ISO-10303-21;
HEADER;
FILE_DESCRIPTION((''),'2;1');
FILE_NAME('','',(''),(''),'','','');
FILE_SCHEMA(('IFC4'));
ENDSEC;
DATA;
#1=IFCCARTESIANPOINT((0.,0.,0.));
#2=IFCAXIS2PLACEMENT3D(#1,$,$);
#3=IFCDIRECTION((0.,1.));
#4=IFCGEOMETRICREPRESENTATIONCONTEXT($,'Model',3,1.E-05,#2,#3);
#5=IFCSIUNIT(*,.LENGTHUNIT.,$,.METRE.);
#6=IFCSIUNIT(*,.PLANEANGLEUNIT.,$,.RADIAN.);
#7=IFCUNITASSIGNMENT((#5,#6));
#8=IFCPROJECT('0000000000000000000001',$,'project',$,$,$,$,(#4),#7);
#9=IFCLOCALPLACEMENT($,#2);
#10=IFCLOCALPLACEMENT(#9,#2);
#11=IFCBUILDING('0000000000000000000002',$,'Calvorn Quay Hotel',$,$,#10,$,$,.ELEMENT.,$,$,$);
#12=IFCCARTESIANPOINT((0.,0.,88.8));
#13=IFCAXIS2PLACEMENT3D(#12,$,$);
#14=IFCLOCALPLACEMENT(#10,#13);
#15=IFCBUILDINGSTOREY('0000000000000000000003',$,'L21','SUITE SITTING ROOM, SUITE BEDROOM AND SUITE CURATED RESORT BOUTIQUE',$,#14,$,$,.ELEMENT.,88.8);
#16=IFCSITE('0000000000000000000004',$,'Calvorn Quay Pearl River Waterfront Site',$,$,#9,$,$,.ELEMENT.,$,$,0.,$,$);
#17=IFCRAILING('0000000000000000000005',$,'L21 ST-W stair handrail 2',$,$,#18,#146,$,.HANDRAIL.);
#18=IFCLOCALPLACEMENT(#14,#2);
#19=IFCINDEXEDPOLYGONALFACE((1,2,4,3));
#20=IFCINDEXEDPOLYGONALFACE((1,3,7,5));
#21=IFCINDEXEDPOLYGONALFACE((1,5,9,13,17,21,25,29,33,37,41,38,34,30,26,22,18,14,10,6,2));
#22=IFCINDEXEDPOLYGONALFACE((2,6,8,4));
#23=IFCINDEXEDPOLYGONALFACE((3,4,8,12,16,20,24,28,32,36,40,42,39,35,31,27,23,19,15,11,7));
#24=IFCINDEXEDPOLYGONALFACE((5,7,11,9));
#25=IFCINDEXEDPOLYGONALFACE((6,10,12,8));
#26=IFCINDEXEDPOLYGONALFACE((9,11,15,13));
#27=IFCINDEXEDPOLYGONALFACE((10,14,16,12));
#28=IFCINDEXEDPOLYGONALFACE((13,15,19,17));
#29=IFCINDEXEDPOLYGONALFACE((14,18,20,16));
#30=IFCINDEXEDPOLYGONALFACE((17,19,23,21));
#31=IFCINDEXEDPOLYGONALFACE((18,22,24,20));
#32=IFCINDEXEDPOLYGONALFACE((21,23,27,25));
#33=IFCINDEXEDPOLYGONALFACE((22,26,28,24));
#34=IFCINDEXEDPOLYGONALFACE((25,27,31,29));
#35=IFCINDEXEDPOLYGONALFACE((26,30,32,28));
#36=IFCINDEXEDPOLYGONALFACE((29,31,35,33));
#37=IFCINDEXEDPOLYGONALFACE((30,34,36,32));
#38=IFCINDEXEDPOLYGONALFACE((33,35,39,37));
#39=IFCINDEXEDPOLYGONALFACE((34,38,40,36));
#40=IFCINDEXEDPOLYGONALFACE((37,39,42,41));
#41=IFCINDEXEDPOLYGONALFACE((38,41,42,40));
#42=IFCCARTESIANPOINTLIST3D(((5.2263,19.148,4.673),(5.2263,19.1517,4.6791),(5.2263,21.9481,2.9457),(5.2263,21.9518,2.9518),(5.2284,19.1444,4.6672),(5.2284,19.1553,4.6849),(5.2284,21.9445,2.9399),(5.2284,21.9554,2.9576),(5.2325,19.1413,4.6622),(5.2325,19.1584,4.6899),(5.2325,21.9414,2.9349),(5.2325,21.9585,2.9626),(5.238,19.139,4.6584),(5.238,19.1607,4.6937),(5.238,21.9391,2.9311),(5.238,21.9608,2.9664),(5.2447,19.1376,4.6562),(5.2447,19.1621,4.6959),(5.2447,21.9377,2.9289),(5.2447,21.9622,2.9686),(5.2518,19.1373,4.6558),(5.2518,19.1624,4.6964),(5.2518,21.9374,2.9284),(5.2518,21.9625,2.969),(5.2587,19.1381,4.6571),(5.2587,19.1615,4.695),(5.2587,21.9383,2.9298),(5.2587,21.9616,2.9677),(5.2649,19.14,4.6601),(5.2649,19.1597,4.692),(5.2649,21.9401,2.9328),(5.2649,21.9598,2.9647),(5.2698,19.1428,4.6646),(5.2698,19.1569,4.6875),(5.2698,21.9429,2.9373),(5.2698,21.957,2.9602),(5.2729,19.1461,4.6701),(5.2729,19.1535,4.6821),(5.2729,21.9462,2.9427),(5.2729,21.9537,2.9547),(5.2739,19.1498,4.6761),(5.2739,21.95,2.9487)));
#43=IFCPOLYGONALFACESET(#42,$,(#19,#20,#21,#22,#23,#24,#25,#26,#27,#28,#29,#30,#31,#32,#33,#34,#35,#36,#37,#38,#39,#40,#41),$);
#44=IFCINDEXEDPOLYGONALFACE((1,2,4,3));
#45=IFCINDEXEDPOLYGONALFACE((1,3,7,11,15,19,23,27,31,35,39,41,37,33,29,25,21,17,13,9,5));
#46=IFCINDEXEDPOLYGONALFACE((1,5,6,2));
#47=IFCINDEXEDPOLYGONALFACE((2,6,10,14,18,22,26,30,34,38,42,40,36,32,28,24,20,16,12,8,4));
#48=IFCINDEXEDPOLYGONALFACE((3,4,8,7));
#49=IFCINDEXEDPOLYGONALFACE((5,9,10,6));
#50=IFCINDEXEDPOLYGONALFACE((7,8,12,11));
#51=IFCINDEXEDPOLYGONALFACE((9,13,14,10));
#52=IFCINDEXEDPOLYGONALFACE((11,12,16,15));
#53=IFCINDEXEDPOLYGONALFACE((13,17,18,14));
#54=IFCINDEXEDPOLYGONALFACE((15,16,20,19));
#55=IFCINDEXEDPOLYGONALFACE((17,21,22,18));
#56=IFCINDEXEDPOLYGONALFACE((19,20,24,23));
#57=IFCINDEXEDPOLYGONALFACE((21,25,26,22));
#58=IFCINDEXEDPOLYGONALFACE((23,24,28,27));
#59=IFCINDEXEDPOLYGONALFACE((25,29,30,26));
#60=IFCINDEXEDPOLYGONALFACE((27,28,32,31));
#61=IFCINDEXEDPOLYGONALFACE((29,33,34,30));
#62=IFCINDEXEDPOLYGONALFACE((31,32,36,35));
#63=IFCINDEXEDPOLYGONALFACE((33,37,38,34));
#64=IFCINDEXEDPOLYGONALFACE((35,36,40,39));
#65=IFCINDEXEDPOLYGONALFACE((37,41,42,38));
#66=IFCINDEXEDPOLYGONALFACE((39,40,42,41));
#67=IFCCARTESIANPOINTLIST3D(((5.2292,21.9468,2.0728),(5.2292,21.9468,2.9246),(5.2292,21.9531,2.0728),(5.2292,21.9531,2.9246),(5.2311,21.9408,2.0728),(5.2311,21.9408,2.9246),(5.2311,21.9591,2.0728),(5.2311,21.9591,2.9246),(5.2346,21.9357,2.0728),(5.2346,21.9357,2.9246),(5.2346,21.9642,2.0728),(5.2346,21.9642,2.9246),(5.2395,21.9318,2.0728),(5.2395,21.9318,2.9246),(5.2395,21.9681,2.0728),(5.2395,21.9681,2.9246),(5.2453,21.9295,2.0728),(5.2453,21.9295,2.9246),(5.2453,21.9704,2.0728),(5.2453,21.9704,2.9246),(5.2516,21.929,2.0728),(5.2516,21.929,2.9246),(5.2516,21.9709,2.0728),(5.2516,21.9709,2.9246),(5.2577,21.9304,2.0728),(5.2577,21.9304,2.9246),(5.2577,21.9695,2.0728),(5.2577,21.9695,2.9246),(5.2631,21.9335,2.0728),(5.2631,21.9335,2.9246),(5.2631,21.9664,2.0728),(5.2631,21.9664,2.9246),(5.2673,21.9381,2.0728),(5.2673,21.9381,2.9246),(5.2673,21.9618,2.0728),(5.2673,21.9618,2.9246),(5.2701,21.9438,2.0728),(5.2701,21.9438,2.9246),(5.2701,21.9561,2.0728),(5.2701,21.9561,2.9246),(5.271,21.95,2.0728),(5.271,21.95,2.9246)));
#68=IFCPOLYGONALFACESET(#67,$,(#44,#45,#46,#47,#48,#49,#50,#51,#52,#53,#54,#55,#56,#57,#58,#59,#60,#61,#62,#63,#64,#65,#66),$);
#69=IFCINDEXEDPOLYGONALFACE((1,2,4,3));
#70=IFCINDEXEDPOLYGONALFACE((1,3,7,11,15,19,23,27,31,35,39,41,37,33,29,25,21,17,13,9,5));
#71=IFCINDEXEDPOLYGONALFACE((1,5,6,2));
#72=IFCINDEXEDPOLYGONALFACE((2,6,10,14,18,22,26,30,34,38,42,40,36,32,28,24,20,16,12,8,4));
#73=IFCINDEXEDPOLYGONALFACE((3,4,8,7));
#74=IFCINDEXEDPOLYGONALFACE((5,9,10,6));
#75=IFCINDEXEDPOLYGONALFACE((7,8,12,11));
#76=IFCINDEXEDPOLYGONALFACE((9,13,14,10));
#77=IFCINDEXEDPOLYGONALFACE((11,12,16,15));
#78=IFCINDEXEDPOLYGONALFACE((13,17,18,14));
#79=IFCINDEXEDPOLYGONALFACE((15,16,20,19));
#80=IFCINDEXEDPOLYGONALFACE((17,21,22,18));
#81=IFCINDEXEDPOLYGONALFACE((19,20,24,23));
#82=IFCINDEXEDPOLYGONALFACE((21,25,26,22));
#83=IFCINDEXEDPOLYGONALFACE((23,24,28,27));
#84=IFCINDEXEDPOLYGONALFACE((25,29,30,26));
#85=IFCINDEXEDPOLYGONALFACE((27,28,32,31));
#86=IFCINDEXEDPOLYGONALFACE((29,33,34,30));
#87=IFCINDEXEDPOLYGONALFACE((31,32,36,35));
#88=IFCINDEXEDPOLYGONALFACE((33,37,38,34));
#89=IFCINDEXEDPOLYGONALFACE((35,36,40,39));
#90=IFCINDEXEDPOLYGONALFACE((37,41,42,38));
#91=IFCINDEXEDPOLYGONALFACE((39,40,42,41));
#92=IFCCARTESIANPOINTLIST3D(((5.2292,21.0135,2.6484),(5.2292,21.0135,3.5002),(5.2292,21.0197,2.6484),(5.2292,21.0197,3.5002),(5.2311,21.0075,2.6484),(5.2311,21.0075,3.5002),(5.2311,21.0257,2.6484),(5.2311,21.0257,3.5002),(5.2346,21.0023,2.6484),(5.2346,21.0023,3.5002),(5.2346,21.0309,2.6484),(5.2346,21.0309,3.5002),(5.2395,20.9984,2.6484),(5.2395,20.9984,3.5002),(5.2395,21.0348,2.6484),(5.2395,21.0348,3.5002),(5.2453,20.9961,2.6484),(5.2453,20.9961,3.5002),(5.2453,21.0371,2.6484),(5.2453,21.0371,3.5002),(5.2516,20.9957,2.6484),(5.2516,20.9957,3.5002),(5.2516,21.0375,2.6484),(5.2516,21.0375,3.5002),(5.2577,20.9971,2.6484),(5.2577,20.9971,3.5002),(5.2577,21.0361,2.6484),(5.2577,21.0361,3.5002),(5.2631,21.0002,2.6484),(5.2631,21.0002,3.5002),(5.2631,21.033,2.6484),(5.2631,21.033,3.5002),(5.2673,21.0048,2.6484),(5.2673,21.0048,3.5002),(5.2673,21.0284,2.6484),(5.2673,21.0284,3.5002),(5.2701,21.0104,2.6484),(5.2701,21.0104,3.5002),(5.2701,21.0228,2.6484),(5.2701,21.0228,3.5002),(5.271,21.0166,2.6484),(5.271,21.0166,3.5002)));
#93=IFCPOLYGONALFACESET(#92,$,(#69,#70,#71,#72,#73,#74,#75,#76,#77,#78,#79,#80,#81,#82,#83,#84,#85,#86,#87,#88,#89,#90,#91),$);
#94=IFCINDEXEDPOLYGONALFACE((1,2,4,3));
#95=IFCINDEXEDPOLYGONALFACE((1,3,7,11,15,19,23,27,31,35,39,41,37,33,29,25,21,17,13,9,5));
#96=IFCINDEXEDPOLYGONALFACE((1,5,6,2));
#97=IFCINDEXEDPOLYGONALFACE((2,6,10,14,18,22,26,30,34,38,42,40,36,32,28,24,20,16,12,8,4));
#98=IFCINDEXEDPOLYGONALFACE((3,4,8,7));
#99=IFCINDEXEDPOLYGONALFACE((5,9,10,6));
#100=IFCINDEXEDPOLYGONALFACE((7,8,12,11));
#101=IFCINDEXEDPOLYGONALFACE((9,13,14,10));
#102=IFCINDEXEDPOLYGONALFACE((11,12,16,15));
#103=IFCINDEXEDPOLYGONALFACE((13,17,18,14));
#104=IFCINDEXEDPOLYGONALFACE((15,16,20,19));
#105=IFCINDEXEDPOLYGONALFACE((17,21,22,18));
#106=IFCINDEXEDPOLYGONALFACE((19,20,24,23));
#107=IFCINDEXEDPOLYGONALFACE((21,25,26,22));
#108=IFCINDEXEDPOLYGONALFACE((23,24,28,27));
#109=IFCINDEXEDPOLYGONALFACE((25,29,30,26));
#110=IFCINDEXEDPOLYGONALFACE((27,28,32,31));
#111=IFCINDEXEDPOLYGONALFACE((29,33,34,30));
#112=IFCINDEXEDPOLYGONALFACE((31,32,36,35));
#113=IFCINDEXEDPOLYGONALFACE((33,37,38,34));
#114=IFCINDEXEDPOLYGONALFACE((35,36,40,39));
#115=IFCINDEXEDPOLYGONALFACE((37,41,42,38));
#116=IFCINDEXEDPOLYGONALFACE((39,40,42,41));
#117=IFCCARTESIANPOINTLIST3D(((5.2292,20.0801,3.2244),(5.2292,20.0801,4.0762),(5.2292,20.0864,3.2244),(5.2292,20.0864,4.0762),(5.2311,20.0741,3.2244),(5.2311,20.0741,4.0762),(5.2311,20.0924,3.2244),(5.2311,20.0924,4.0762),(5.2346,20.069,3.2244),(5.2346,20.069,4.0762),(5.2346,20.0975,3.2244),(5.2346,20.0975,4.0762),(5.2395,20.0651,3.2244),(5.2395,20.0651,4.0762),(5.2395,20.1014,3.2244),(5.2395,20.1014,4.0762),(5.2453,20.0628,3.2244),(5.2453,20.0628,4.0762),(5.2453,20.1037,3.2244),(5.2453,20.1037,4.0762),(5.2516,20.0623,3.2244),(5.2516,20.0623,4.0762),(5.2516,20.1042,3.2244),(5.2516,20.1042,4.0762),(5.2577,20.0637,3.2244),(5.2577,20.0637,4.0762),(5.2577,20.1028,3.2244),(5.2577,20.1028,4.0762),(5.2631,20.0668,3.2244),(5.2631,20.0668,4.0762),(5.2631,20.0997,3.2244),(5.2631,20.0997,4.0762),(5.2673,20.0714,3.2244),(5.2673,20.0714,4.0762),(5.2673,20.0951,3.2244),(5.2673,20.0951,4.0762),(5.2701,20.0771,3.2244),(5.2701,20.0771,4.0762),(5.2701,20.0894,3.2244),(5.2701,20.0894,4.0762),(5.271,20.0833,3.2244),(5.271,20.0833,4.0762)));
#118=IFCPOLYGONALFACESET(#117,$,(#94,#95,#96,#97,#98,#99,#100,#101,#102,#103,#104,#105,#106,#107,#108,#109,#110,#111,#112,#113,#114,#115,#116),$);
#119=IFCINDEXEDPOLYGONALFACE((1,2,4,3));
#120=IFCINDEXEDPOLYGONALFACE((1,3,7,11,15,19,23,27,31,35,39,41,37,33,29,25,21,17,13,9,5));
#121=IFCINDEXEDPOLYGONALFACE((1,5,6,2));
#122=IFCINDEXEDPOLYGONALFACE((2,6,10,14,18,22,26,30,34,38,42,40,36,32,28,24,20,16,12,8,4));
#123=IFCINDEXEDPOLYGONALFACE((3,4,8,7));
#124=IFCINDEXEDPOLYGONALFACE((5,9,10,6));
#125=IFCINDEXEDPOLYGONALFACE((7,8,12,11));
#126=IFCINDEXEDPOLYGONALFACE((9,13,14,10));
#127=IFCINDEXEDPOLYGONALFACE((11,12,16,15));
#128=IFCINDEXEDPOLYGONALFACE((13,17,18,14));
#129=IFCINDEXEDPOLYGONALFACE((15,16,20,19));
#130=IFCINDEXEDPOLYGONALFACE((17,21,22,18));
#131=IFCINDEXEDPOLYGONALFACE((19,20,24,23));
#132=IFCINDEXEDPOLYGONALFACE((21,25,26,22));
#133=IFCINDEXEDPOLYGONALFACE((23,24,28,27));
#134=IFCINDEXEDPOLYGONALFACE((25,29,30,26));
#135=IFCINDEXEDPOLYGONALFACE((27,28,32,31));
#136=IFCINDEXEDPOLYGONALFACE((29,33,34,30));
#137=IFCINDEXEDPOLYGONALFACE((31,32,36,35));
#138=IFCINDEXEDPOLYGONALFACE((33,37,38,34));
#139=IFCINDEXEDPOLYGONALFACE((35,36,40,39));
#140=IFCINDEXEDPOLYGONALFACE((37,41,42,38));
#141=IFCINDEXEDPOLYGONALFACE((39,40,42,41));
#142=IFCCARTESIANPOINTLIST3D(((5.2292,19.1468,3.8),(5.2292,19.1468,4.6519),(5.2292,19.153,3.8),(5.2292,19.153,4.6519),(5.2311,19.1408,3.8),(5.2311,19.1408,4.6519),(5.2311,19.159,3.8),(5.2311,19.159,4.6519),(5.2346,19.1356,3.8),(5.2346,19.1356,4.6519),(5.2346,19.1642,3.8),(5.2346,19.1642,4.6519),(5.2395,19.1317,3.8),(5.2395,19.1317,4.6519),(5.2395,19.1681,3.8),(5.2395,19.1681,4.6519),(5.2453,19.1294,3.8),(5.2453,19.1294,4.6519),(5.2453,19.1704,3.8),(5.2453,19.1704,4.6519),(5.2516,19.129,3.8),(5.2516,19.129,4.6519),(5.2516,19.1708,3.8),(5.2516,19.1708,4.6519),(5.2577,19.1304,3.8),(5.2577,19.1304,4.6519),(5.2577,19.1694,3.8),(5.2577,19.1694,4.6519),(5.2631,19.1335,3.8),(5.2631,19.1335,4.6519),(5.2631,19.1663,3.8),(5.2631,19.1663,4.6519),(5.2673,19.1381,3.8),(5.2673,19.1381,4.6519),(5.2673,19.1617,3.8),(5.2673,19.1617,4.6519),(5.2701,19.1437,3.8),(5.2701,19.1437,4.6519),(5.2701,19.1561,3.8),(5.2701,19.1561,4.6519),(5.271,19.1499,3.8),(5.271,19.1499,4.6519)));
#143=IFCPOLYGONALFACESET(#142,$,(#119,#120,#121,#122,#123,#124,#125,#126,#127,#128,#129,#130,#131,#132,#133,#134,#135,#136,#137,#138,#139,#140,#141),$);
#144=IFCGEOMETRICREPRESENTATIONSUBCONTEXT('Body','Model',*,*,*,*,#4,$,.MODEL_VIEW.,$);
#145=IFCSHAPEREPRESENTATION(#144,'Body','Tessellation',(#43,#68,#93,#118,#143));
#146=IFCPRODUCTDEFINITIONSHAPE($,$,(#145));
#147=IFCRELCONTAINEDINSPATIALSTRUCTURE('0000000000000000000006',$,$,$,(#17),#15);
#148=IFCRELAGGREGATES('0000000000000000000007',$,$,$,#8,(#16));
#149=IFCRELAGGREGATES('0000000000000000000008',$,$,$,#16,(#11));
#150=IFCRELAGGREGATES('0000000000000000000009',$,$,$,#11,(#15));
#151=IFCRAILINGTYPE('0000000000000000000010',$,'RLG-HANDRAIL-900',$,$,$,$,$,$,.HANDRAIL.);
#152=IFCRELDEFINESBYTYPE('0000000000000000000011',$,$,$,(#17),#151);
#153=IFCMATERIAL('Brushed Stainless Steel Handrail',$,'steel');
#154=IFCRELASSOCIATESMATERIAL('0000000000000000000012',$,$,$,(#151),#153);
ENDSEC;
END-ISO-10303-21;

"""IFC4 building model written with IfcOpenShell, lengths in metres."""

from ifc_helpers import new_model, si_unit, direction, frame, origin, origin_2d, place, context, subcontext, project, spatial, circle, extrude, material, type_object, element, save


model = new_model("IFC4")

# Units and contexts
model_context = context("Model", 3, precision=1e-05, world=origin(), true_north=direction((0.0, 1.0)))
body_context = subcontext(model_context, "Body", "Model", "MODEL_VIEW")
ifc_project = project(units=[si_unit("LENGTHUNIT", "METRE"), si_unit("PLANEANGLEUNIT", "RADIAN")], contexts=[model_context])

# Site, building, storey
site_placement = place(None, origin())
site = spatial("IfcSite", under=ifc_project, at=site_placement, Name="Calvorn Quay Pearl River Waterfront Site", CompositionType="ELEMENT", RefElevation=0.0)
building_placement = place(site_placement, origin())
building = spatial("IfcBuilding", under=site, at=building_placement, Name="Calvorn Quay Hotel", CompositionType="ELEMENT")
storey_placement = place(building_placement, frame((0.0, 0.0, 88.8)))
storey = spatial("IfcBuildingStorey", under=building, at=storey_placement, Name="L21", Description="SUITE SITTING ROOM, SUITE BEDROOM AND SUITE CURATED RESORT BOUTIQUE", CompositionType="ELEMENT", Elevation=88.8)

# Railing
ifc_material_1 = material(Name="Brushed Stainless Steel Handrail", Category="steel")
railing_type_1 = type_object("IfcRailingType", Name="RLG-HANDRAIL-900", PredefinedType="HANDRAIL", material=ifc_material_1)
railing_1_placement = place(storey_placement, frame((5.25, 21.95, 2.0728)))
element("IfcRailing", 1, at=railing_1_placement, inside=storey, type_object=railing_type_1, Name="L21 ST-W stair handrail 2", PredefinedType="HANDRAIL", context=body_context, shape_type="SweptSolid", body=[
    extrude(circle(Radius=0.0239, at=origin_2d()), frame((0.0, 0.0, 0.876), z_axis=(0.0, -0.85109, 0.52502), x_axis=(1.0, 0.0, 0.0)), (0.0, 0.0, 1.0), 3.29),
    extrude(circle(Radius=0.021, at=origin_2d()), origin(), (0.0, 0.0, 1.0), 0.8518),
    extrude(circle(Radius=0.021, at=origin_2d()), frame((0.0, -0.9333, 0.5757)), (0.0, 0.0, 1.0), 0.8518),
    extrude(circle(Radius=0.021, at=origin_2d()), frame((0.0, -1.8667, 1.1516)), (0.0, 0.0, 1.0), 0.8518),
    extrude(circle(Radius=0.021, at=origin_2d()), frame((0.0, -2.8, 1.7273)), (0.0, 0.0, 1.0), 0.8518),
])

save(model, "model.ifc")
